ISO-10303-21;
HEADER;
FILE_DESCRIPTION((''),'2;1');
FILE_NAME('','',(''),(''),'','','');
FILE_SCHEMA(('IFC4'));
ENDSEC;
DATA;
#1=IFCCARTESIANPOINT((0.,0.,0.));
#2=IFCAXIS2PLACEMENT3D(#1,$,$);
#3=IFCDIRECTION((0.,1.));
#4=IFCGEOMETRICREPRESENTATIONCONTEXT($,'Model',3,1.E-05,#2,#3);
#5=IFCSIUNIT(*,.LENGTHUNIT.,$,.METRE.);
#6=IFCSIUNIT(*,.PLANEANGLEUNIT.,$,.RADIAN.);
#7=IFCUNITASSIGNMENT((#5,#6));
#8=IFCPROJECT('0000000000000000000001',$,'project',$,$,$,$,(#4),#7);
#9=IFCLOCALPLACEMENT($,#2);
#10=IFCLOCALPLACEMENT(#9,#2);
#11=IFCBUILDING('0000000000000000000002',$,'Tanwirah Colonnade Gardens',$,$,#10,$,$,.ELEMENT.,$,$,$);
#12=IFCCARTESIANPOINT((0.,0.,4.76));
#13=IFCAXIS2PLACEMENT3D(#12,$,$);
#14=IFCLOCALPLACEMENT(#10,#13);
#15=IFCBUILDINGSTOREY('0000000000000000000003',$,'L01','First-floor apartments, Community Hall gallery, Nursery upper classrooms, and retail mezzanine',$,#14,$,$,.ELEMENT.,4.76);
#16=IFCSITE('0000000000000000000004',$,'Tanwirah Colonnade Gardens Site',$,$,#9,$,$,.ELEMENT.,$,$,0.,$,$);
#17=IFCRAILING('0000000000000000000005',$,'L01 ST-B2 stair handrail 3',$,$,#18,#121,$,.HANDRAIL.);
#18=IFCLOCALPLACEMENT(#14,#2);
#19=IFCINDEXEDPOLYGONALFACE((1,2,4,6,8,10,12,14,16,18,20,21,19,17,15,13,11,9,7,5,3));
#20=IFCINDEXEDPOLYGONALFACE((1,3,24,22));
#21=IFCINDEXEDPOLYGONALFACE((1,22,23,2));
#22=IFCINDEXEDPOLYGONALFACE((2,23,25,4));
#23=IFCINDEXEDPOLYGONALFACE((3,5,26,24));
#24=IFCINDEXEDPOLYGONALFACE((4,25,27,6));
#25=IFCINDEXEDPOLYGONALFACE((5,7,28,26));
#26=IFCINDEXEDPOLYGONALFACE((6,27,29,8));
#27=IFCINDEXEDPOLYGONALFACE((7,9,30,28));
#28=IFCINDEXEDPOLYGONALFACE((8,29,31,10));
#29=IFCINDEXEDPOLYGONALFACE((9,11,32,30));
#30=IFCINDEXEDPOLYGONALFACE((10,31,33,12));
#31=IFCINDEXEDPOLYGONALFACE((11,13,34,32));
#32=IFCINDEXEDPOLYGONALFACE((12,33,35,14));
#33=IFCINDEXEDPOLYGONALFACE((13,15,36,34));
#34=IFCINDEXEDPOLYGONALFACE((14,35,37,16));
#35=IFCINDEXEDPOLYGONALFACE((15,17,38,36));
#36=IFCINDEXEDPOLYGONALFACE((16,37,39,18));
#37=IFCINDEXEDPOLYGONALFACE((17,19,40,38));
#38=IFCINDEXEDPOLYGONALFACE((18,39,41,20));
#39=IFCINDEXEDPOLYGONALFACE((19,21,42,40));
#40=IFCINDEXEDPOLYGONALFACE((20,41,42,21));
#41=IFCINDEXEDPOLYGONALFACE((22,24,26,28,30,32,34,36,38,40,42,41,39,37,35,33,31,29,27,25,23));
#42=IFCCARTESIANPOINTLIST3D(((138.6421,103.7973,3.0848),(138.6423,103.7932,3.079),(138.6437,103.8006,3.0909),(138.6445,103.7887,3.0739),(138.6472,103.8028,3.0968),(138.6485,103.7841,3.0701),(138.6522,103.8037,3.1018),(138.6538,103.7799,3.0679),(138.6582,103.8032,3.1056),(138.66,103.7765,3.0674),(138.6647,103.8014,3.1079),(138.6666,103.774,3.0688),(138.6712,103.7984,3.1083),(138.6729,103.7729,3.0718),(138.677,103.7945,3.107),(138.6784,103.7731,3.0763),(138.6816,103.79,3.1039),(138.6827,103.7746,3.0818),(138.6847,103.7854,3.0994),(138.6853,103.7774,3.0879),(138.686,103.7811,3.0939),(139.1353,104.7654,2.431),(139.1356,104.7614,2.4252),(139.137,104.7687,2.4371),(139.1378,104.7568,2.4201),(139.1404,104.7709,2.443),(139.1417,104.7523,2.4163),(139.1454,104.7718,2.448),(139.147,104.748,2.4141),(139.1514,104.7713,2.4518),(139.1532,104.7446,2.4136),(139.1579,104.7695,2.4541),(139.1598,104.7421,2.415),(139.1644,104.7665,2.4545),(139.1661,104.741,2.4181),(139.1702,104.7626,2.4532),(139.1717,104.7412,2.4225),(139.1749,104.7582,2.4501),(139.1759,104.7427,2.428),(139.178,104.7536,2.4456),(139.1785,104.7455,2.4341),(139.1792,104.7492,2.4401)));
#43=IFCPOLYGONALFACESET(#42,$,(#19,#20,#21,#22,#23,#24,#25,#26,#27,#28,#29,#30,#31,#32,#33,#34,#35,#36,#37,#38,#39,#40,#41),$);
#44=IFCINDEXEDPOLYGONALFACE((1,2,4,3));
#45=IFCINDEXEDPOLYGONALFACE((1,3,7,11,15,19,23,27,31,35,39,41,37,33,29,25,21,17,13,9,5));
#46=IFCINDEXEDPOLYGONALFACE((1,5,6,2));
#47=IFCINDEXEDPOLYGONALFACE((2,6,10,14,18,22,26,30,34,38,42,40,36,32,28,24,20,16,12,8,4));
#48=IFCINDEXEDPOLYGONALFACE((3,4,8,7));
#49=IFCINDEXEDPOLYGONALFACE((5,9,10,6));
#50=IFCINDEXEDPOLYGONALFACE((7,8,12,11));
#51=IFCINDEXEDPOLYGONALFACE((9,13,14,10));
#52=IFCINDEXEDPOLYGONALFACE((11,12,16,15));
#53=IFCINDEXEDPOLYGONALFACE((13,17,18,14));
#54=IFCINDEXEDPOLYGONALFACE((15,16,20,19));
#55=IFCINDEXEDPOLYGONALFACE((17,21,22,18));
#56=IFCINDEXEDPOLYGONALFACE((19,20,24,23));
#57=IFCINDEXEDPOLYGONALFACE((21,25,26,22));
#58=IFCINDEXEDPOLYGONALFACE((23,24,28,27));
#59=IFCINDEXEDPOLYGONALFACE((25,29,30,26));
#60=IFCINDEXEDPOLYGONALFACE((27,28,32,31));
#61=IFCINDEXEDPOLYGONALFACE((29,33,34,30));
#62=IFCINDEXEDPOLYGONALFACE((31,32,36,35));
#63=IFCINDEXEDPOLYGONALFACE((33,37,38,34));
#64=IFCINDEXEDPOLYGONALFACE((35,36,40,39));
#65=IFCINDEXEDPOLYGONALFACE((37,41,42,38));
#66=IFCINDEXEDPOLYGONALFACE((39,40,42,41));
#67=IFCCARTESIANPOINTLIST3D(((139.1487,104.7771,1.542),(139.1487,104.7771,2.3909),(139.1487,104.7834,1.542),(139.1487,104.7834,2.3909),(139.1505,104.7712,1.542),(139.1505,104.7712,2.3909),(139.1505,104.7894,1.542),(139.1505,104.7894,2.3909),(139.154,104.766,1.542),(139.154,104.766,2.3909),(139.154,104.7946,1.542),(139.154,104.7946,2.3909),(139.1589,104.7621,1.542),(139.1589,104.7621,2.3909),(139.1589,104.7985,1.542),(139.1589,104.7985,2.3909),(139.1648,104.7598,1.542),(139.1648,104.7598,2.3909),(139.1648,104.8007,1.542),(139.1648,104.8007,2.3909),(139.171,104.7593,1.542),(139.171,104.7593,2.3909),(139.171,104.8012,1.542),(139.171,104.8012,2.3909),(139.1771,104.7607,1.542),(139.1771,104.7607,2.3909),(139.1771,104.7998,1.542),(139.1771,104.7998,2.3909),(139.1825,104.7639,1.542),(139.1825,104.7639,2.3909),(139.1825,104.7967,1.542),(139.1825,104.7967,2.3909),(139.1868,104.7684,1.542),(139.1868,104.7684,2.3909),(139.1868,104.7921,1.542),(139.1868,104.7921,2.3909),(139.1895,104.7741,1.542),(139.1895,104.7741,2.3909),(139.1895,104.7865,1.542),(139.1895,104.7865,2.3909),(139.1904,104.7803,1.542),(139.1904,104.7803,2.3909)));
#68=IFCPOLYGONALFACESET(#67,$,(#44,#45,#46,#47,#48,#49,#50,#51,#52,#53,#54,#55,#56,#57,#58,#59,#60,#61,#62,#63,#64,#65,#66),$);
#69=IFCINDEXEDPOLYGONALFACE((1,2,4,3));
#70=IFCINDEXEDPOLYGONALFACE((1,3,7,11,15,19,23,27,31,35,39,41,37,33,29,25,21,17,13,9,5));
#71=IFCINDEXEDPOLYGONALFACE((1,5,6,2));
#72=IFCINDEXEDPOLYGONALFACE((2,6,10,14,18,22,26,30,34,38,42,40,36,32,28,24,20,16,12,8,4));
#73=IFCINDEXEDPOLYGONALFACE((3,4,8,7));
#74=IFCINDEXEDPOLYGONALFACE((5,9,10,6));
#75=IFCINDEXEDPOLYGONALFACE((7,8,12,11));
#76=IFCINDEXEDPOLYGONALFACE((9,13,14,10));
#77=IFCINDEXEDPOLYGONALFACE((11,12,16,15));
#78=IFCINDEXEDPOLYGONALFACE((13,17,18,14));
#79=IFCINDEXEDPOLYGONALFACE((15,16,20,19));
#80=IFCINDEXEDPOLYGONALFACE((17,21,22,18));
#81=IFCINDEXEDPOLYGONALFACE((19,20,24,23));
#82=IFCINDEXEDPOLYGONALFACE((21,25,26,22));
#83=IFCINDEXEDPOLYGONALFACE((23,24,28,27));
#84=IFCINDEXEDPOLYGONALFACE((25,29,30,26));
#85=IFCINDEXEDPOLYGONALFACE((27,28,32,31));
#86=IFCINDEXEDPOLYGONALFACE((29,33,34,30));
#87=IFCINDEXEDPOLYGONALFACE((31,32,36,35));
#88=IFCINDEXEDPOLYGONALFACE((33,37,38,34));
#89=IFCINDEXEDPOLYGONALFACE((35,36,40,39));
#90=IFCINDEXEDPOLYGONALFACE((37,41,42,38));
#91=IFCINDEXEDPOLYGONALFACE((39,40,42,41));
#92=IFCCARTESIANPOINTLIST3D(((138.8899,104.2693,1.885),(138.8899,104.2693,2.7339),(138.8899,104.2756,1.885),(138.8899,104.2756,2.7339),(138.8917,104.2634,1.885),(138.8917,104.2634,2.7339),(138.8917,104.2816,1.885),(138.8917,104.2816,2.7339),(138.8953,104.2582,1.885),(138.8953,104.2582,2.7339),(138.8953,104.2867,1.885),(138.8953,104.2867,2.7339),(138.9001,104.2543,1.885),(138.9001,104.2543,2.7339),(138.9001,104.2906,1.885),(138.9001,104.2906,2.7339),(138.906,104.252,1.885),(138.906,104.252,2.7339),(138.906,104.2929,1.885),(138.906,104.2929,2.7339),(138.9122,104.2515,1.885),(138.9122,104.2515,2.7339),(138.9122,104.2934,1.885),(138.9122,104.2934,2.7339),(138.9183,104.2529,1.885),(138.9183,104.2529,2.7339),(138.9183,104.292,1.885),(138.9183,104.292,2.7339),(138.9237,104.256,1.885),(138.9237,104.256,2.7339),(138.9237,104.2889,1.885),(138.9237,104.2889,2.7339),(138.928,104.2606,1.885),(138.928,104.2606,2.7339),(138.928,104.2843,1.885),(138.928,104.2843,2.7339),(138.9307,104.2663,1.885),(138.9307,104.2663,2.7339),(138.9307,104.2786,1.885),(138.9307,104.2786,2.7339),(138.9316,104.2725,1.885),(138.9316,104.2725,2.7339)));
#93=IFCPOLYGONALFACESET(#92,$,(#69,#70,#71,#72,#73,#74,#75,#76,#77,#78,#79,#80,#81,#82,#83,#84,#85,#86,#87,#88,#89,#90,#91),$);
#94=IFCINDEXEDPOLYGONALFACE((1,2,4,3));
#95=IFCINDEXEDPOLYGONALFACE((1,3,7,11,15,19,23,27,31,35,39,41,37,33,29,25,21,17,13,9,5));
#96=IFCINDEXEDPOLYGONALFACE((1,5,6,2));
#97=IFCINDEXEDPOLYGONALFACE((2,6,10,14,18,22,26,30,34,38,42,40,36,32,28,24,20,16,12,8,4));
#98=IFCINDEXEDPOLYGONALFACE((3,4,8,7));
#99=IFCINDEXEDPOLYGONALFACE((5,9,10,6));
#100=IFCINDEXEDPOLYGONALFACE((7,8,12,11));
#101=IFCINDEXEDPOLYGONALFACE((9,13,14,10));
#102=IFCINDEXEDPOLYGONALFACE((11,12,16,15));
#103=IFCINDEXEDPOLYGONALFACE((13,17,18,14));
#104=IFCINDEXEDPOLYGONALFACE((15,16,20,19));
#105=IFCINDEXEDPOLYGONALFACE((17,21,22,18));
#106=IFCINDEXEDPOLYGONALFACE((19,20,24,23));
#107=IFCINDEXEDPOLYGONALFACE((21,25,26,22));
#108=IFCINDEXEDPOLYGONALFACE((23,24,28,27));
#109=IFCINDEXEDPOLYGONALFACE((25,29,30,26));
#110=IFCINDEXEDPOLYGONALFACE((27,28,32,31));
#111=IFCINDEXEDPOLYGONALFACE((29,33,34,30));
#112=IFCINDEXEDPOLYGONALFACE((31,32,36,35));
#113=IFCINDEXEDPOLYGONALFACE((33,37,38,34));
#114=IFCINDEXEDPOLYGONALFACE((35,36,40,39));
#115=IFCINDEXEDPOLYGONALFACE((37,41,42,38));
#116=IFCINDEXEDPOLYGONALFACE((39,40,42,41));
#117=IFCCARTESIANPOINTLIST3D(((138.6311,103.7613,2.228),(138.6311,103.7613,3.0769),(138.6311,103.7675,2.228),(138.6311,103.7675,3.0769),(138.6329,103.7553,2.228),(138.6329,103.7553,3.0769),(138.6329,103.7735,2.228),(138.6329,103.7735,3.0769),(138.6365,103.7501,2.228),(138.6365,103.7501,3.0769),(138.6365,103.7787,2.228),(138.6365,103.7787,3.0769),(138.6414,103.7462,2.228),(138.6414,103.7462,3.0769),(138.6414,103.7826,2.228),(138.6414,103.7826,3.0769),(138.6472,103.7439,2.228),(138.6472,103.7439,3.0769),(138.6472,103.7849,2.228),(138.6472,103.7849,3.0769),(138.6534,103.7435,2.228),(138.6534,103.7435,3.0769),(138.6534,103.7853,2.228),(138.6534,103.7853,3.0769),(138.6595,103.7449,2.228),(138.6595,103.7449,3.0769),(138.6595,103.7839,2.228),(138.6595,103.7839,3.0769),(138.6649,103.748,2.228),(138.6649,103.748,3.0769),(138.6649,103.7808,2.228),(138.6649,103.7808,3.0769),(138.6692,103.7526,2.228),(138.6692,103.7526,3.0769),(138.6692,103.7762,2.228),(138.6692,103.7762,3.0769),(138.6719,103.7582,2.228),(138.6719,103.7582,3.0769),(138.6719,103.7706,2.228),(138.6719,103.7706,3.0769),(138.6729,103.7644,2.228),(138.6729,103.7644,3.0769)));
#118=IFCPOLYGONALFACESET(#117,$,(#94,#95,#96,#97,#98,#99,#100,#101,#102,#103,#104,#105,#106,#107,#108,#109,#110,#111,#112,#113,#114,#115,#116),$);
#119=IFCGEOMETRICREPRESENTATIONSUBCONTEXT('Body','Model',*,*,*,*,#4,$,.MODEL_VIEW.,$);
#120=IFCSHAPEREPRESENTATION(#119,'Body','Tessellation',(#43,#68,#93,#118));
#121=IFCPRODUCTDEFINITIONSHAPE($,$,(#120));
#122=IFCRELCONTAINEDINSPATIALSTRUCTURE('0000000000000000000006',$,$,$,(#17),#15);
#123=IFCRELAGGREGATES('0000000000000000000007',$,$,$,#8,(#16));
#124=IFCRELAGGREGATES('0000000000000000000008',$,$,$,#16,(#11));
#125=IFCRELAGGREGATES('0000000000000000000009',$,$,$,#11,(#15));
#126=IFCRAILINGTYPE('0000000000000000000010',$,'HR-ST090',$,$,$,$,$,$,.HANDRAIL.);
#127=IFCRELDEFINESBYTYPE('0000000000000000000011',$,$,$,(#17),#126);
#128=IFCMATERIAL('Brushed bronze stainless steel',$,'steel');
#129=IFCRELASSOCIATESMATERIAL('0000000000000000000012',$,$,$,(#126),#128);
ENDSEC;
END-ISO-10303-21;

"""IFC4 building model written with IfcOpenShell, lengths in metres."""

from ifc_helpers import new_model, si_unit, direction, frame, origin, origin_2d, place, context, subcontext, project, spatial, circle, extrude, material, type_object, element, save


model = new_model("IFC4")

# Units and contexts
model_context = context("Model", 3, precision=1e-05, world=origin(), true_north=direction((0.0, 1.0)))
body_context = subcontext(model_context, "Body", "Model", "MODEL_VIEW")
ifc_project = project(units=[si_unit("LENGTHUNIT", "METRE"), si_unit("PLANEANGLEUNIT", "RADIAN")], contexts=[model_context])

# Site, building, storey
site_placement = place(None, origin())
site = spatial("IfcSite", under=ifc_project, at=site_placement, Name="Tanwirah Colonnade Gardens Site", CompositionType="ELEMENT", RefElevation=0.0)
building_placement = place(site_placement, origin())
building = spatial("IfcBuilding", under=site, at=building_placement, Name="Tanwirah Colonnade Gardens", CompositionType="ELEMENT")
storey_placement = place(building_placement, frame((0.0, 0.0, 4.76)))
storey = spatial("IfcBuildingStorey", under=building, at=storey_placement, Name="L01", Description="First-floor apartments, Community Hall gallery, Nursery upper classrooms, and retail mezzanine", CompositionType="ELEMENT", Elevation=4.76)

# Railing
ifc_material_1 = material(Name="Brushed bronze stainless steel", Category="steel")
railing_type_1 = type_object("IfcRailingType", Name="HR-ST090", PredefinedType="HANDRAIL", material=ifc_material_1)
railing_1_placement = place(storey_placement, frame((139.1694, 104.7803, 1.542)))
element("IfcRailing", 1, at=railing_1_placement, inside=storey, type_object=railing_type_1, Name="L01 ST-B2 stair handrail 3", PredefinedType="HANDRAIL", context=body_context, shape_type="SweptSolid", body=[
    extrude(circle(Radius=0.0239, at=origin_2d()), frame((-0.0122, -0.0239, 0.8921), z_axis=(-0.388978, -0.763462, 0.51558), x_axis=(0.891018, -0.453967, 0.0)), (0.0, 0.0, 1.0), 1.2681),
    extrude(circle(Radius=0.021, at=origin_2d()), origin(), (0.0, 0.0, 1.0), 0.8489),
    extrude(circle(Radius=0.021, at=origin_2d()), frame((-0.2588, -0.5078, 0.343)), (0.0, 0.0, 1.0), 0.8489),
    extrude(circle(Radius=0.021, at=origin_2d()), frame((-0.5176, -1.0159, 0.686)), (0.0, 0.0, 1.0), 0.8489),
])

save(model, "model.ifc")
